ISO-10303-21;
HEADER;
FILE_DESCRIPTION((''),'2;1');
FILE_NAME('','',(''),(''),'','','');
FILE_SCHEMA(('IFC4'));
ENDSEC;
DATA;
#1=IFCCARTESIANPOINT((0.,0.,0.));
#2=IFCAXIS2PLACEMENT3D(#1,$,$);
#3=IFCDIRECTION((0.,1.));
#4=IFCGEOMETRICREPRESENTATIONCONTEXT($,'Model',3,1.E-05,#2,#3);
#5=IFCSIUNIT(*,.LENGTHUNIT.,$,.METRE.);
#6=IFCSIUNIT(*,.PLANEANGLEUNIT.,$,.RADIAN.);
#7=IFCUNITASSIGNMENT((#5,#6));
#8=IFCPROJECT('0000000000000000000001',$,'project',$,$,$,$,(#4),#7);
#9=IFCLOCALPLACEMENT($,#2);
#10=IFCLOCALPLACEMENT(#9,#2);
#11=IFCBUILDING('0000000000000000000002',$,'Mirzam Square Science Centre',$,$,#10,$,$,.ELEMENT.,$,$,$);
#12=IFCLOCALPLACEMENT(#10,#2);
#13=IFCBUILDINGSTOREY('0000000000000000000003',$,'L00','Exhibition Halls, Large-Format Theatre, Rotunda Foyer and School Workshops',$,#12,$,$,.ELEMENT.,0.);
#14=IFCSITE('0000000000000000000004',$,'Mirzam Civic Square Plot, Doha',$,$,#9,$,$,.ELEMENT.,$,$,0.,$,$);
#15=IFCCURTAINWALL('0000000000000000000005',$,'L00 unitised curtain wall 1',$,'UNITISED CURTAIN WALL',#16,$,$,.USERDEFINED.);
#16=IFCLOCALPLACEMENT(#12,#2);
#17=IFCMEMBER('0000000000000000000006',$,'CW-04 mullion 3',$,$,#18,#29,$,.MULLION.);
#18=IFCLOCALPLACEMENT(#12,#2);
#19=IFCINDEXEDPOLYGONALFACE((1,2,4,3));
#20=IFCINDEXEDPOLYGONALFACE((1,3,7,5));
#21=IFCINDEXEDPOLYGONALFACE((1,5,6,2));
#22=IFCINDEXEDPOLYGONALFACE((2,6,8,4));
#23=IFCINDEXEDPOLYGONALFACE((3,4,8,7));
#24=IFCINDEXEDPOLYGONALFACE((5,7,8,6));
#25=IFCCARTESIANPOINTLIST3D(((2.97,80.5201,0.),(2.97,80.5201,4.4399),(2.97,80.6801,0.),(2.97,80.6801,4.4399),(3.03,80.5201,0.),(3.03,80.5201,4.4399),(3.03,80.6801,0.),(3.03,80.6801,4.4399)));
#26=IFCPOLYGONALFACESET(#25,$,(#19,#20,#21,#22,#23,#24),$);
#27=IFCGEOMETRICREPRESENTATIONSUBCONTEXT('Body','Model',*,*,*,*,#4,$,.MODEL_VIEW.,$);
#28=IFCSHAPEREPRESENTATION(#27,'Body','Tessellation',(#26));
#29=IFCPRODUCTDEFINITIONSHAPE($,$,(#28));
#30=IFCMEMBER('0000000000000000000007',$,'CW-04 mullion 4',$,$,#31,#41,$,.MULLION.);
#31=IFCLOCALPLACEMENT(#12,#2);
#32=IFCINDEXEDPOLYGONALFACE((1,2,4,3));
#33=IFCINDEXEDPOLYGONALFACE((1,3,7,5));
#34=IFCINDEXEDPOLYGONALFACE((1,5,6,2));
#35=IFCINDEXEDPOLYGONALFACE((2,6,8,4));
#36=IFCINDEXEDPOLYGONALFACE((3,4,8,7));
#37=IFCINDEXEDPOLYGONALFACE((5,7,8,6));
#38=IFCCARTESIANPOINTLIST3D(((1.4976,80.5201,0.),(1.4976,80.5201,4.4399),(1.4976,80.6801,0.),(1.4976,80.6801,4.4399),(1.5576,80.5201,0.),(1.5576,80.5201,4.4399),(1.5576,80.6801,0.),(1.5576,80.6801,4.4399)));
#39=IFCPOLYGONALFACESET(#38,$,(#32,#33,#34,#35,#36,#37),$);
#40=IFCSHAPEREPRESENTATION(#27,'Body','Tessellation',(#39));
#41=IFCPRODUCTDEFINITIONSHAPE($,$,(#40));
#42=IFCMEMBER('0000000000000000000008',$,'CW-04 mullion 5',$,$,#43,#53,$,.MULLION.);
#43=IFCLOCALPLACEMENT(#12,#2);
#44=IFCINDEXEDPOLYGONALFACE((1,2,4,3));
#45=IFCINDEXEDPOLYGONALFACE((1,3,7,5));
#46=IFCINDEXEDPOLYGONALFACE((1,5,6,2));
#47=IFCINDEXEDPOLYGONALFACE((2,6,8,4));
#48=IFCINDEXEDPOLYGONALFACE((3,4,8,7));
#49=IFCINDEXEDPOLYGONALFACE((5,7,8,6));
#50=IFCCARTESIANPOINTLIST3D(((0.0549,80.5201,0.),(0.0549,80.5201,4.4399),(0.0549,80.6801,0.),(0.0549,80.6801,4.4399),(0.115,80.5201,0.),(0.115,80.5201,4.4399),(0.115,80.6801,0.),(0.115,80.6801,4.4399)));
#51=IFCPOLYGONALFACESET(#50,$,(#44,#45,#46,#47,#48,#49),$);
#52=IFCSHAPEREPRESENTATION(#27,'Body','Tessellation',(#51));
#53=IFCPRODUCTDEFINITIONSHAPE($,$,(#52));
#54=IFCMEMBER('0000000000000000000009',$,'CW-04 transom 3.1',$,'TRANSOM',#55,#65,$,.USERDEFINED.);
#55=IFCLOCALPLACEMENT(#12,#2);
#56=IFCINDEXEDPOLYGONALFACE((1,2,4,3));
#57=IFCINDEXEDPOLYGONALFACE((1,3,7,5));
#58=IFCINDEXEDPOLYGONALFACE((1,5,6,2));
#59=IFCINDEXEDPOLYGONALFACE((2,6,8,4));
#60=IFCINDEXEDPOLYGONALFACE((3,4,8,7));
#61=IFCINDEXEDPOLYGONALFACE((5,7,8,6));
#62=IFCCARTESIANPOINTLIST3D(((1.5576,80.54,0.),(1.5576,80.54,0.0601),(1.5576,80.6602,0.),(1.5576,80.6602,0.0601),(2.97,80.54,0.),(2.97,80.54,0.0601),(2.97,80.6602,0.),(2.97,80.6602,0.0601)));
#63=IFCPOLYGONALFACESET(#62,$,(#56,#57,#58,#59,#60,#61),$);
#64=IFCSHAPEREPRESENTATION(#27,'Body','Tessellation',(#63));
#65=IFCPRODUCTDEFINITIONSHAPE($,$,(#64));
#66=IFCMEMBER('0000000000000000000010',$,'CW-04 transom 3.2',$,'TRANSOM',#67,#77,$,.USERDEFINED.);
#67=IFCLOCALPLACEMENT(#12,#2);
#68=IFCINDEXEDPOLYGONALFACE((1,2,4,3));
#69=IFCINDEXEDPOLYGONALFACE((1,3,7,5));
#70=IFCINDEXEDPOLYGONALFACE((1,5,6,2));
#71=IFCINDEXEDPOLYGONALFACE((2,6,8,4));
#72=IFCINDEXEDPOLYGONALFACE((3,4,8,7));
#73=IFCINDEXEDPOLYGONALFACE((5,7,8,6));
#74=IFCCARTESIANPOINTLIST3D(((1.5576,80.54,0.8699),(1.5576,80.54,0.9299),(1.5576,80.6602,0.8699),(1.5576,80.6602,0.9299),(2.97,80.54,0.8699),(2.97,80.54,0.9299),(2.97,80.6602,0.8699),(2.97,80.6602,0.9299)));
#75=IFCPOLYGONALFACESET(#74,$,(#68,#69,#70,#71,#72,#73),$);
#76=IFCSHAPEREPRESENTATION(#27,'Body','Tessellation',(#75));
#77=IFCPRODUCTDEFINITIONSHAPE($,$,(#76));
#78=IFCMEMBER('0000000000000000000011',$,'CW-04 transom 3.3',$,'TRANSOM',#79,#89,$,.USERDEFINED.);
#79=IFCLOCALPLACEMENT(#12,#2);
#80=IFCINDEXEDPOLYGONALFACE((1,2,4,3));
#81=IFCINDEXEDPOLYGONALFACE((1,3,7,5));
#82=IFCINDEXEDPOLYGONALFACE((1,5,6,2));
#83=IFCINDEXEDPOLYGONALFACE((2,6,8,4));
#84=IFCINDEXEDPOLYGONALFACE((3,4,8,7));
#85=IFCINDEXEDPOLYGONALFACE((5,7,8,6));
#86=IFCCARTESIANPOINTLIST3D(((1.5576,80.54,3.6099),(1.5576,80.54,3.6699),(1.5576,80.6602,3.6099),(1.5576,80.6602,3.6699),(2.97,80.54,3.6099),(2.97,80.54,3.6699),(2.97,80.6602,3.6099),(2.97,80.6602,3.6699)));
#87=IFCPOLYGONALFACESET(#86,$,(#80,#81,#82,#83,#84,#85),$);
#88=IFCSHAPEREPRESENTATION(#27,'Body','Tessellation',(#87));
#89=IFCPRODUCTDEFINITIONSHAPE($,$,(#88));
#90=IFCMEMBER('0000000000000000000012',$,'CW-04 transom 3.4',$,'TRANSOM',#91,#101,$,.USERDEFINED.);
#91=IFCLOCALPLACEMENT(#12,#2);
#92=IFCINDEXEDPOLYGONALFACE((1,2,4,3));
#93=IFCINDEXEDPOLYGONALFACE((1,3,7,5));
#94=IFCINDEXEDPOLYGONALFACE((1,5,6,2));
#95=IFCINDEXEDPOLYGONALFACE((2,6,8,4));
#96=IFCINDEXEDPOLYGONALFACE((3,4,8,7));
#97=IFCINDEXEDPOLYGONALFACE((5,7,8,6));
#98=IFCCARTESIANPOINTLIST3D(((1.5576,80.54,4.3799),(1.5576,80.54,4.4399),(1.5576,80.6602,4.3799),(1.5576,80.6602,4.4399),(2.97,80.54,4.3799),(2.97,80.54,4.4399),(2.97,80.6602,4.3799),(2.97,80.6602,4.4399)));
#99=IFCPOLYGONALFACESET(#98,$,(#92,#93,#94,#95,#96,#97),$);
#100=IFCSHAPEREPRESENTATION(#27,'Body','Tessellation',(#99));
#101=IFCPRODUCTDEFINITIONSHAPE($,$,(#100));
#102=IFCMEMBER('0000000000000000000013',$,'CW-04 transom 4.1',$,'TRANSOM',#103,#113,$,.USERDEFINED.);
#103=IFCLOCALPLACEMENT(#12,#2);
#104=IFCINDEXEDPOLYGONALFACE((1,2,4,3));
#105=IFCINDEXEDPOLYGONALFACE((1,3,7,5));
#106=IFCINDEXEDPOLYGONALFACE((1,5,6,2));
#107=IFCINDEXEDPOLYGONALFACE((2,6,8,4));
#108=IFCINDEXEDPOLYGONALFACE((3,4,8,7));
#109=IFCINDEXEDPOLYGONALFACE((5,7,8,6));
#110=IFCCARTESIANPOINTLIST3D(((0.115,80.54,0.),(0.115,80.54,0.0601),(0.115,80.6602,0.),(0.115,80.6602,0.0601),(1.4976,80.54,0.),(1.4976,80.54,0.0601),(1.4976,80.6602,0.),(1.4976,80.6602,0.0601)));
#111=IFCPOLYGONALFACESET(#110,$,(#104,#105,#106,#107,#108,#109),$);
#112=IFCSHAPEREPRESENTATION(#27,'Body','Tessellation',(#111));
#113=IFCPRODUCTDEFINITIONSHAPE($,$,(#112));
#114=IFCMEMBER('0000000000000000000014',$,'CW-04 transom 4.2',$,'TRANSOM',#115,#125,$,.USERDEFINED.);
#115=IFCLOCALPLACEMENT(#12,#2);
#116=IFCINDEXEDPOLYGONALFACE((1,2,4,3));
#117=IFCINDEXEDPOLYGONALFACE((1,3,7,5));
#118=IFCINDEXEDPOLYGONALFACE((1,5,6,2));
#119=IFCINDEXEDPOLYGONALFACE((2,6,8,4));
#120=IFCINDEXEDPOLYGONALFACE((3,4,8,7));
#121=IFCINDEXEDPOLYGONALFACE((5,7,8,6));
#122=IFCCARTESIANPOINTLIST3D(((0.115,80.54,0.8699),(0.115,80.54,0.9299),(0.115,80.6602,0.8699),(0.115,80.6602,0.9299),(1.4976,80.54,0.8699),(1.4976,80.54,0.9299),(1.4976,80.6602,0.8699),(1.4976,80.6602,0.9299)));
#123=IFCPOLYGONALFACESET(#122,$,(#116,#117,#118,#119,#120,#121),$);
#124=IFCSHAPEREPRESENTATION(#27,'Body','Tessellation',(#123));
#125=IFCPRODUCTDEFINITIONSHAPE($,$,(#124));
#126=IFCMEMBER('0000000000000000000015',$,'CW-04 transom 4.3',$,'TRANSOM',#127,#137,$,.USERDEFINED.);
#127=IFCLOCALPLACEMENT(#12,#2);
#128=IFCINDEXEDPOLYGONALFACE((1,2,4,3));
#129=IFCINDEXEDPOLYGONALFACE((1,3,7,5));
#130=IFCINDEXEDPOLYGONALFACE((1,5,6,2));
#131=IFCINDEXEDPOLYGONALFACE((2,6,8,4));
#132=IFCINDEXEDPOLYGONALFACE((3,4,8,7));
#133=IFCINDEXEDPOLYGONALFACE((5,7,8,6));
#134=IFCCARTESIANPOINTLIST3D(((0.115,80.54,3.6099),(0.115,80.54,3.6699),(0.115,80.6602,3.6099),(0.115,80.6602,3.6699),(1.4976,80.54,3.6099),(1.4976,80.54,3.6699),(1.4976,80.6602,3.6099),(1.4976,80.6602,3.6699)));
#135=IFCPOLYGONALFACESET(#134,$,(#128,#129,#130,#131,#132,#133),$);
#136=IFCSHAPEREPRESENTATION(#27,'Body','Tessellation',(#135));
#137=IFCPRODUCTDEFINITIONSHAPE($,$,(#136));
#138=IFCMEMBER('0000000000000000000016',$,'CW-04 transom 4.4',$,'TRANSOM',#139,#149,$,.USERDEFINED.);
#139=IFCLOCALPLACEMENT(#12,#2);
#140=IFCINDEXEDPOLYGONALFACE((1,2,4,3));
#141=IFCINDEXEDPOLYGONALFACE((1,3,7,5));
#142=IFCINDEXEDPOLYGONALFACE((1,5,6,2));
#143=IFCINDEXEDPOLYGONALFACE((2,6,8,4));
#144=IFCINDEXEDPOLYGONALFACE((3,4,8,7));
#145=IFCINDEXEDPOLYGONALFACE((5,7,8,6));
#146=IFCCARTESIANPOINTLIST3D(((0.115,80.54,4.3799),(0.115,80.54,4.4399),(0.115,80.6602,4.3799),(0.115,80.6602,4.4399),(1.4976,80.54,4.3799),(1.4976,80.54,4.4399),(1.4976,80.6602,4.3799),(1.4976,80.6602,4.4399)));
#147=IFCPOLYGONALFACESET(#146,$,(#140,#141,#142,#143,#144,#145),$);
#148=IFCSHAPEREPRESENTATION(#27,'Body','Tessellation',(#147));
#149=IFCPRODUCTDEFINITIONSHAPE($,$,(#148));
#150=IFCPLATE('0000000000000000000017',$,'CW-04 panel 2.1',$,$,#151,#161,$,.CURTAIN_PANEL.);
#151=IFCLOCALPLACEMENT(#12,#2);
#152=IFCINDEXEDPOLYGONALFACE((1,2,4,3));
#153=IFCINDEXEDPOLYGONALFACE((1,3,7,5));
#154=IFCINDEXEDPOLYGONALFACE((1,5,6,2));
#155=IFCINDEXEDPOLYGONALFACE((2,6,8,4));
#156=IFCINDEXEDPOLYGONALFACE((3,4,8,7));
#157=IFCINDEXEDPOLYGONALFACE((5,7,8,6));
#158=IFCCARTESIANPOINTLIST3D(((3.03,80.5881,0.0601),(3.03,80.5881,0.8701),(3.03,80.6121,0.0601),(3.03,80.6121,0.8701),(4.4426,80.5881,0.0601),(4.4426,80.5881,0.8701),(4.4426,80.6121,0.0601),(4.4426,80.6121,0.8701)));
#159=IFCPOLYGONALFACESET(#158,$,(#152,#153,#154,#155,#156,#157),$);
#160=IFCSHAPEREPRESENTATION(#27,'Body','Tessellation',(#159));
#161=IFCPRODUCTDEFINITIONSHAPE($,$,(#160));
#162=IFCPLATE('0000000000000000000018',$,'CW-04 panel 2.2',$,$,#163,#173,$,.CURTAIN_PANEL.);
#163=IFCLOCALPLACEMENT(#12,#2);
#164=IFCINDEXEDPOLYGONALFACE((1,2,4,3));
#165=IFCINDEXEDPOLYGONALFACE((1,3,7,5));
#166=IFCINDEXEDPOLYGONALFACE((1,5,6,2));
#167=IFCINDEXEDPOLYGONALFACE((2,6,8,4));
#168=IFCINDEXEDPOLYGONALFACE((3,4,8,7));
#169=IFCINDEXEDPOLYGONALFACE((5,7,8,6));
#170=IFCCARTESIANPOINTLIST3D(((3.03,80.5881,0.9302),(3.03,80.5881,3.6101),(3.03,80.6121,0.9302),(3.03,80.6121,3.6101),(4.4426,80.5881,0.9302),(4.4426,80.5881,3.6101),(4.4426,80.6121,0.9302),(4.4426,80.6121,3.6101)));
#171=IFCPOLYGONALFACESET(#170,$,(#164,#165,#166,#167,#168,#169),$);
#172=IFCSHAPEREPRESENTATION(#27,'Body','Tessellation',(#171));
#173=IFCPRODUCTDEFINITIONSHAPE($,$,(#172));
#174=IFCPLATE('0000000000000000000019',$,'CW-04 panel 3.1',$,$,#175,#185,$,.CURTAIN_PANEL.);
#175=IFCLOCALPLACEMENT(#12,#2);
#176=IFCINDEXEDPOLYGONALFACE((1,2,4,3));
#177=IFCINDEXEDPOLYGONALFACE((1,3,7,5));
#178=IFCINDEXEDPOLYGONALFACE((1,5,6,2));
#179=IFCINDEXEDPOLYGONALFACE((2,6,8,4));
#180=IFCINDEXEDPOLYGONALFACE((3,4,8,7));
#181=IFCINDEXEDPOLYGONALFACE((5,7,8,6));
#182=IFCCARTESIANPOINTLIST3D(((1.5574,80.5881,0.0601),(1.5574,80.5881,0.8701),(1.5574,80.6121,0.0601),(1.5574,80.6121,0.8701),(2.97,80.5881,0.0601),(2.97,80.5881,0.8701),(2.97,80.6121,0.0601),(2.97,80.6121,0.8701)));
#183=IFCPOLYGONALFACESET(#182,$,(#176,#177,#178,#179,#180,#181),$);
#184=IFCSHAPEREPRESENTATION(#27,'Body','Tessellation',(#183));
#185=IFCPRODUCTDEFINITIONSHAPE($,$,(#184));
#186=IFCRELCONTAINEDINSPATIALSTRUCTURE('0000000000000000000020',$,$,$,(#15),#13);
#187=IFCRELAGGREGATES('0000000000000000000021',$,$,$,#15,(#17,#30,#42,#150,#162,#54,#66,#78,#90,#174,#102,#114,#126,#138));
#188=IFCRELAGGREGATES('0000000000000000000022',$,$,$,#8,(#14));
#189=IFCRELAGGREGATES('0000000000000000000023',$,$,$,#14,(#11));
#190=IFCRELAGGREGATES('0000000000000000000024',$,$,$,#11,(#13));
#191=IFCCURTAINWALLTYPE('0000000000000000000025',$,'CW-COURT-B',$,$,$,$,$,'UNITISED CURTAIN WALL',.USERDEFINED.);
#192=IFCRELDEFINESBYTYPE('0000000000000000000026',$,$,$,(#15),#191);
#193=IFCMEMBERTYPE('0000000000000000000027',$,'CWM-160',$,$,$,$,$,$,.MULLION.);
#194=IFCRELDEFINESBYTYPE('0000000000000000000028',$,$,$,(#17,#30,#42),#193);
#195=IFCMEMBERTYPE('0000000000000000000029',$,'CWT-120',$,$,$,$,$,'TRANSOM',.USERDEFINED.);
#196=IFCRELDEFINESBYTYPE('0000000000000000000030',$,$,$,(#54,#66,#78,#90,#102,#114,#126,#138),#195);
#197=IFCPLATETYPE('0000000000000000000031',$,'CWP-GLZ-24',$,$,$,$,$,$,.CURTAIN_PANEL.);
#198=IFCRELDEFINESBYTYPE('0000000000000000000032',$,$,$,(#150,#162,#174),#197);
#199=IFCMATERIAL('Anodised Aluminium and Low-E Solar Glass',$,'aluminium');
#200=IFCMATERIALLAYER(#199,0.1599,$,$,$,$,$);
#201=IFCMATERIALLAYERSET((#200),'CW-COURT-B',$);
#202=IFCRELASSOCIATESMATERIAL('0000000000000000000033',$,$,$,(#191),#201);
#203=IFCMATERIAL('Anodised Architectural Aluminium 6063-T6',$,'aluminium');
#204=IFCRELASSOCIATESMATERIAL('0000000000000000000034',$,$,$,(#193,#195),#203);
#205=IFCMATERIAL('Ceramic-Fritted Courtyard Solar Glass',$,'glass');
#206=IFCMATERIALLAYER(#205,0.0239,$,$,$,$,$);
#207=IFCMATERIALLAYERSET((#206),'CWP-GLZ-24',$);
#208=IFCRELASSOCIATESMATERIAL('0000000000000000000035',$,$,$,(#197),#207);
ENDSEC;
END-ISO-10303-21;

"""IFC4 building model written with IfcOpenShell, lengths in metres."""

from ifc_helpers import new_model, si_unit, direction, frame, origin, origin_2d, place, context, subcontext, project, spatial, rectangle, extrude, material, layer, layer_set, material_profile, profile_set, type_object, element, aggregate, save


model = new_model("IFC4")

# Units and contexts
model_context = context("Model", 3, precision=1e-05, world=origin(), true_north=direction((0.0, 1.0)))
body_context = subcontext(model_context, "Body", "Model", "MODEL_VIEW")
ifc_project = project(units=[si_unit("LENGTHUNIT", "METRE"), si_unit("PLANEANGLEUNIT", "RADIAN")], contexts=[model_context])

# Site, building, storey
site_placement = place(None, origin())
site = spatial("IfcSite", under=ifc_project, at=site_placement, Name="Mirzam Civic Square Plot, Doha", CompositionType="ELEMENT", RefElevation=0.0)
building_placement = place(site_placement, origin())
building = spatial("IfcBuilding", under=site, at=building_placement, Name="Mirzam Square Science Centre", CompositionType="ELEMENT")
storey_placement = place(building_placement, origin())
storey = spatial("IfcBuildingStorey", under=building, at=storey_placement, Name="L00", Description="Exhibition Halls, Large-Format Theatre, Rotunda Foyer and School Workshops", CompositionType="ELEMENT", Elevation=0.0)

# Curtain wall, members, plates
ifc_material_1 = material(Name="Anodised Aluminium and Low-E Solar Glass", Category="aluminium")
ifc_layer_1 = layer(ifc_material_1, 0.1599)
ifc_layer_set_1 = layer_set([ifc_layer_1], Name="CW-COURT-B")
curtain_wall_type = type_object("IfcCurtainWallType", Name="CW-COURT-B", ElementType="UNITISED CURTAIN WALL", PredefinedType="USERDEFINED", material=ifc_layer_set_1)
curtain_wall_placement = place(storey_placement, origin())
curtain_wall = element("IfcCurtainWall", 1, at=curtain_wall_placement, inside=storey, type_object=curtain_wall_type, Name="L00 unitised curtain wall 1", ObjectType="UNITISED CURTAIN WALL", PredefinedType="USERDEFINED")
ifc_material_2 = material(Name="Anodised Architectural Aluminium 6063-T6", Category="aluminium")
ifc_material_profile_1 = material_profile(ifc_material_2, rectangle(XDim=0.0601, YDim=0.1599, at=origin_2d()), Name="ALU-MULL-160x60x4")
ifc_profile_set_1 = profile_set([ifc_material_profile_1], Name="Anodised Architectural Aluminium 6063-T6")
member_type_1 = type_object("IfcMemberType", Name="CWM-160", PredefinedType="MULLION", material=ifc_profile_set_1)
member_1_placement = place(storey_placement, frame((3.0, 80.6001, 0.0), z_axis=(0.0, 0.0, 1.0), x_axis=(-1.0, 0.0, 0.0)))
member_1 = element("IfcMember", 2, at=member_1_placement, type_object=member_type_1, Name="CW-04 mullion 3", PredefinedType="MULLION", context=body_context, shape_type="SweptSolid", body=[
    extrude(rectangle(XDim=0.0601, YDim=0.1599, at=origin_2d()), origin(), (0.0, 0.0, 1.0), 4.4399),
])
member_2_placement = place(storey_placement, frame((1.5276, 80.6001, 0.0), z_axis=(0.0, 0.0, 1.0), x_axis=(-1.0, 0.0, 0.0)))
member_2 = element("IfcMember", 3, at=member_2_placement, type_object=member_type_1, Name="CW-04 mullion 4", PredefinedType="MULLION", context=body_context, shape_type="SweptSolid", body=[
    extrude(rectangle(XDim=0.0601, YDim=0.1599, at=origin_2d()), origin(), (0.0, 0.0, 1.0), 4.4399),
])
member_3_placement = place(storey_placement, frame((0.085, 80.6001, 0.0), z_axis=(0.0, 0.0, 1.0), x_axis=(-1.0, 0.0, 0.0)))
member_3 = element("IfcMember", 4, at=member_3_placement, type_object=member_type_1, Name="CW-04 mullion 5", PredefinedType="MULLION", context=body_context, shape_type="SweptSolid", body=[
    extrude(rectangle(XDim=0.0601, YDim=0.1599, at=origin_2d()), origin(), (0.0, 0.0, 1.0), 4.4399),
])
ifc_material_profile_2 = material_profile(ifc_material_2, rectangle(XDim=0.1201, YDim=0.0601, at=origin_2d()), Name="ALU-TRAN-120x60x4")
ifc_profile_set_2 = profile_set([ifc_material_profile_2], Name="Anodised Architectural Aluminium 6063-T6")
member_type_2 = type_object("IfcMemberType", Name="CWT-120", ElementType="TRANSOM", PredefinedType="USERDEFINED", material=ifc_profile_set_2)
member_4_placement = place(storey_placement, frame((2.97, 80.6001, 0.03), z_axis=(-1.0, 0.0, 0.0), x_axis=(0.0, -1.0, 0.0)))
member_4 = element("IfcMember", 5, at=member_4_placement, type_object=member_type_2, Name="CW-04 transom 3.1", ObjectType="TRANSOM", PredefinedType="USERDEFINED", context=body_context, shape_type="SweptSolid", body=[
    extrude(rectangle(XDim=0.1201, YDim=0.0601, at=origin_2d()), origin(), (0.0, 0.0, 1.0), 1.4124),
])
member_5_placement = place(storey_placement, frame((2.97, 80.6001, 0.8999), z_axis=(-1.0, 0.0, 0.0), x_axis=(0.0, -1.0, 0.0)))
member_5 = element("IfcMember", 6, at=member_5_placement, type_object=member_type_2, Name="CW-04 transom 3.2", ObjectType="TRANSOM", PredefinedType="USERDEFINED", context=body_context, shape_type="SweptSolid", body=[
    extrude(rectangle(XDim=0.1201, YDim=0.0601, at=origin_2d()), origin(), (0.0, 0.0, 1.0), 1.4124),
])
member_6_placement = place(storey_placement, frame((2.97, 80.6001, 3.6399), z_axis=(-1.0, 0.0, 0.0), x_axis=(0.0, -1.0, 0.0)))
member_6 = element("IfcMember", 7, at=member_6_placement, type_object=member_type_2, Name="CW-04 transom 3.3", ObjectType="TRANSOM", PredefinedType="USERDEFINED", context=body_context, shape_type="SweptSolid", body=[
    extrude(rectangle(XDim=0.1201, YDim=0.0601, at=origin_2d()), origin(), (0.0, 0.0, 1.0), 1.4124),
])
member_7_placement = place(storey_placement, frame((2.97, 80.6001, 4.4099), z_axis=(-1.0, 0.0, 0.0), x_axis=(0.0, -1.0, 0.0)))
member_7 = element("IfcMember", 8, at=member_7_placement, type_object=member_type_2, Name="CW-04 transom 3.4", ObjectType="TRANSOM", PredefinedType="USERDEFINED", context=body_context, shape_type="SweptSolid", body=[
    extrude(rectangle(XDim=0.1201, YDim=0.0601, at=origin_2d()), origin(), (0.0, 0.0, 1.0), 1.4124),
])
member_8_placement = place(storey_placement, frame((1.4976, 80.6001, 0.03), z_axis=(-1.0, 0.0, 0.0), x_axis=(0.0, -1.0, 0.0)))
member_8 = element("IfcMember", 9, at=member_8_placement, type_object=member_type_2, Name="CW-04 transom 4.1", ObjectType="TRANSOM", PredefinedType="USERDEFINED", context=body_context, shape_type="SweptSolid", body=[
    extrude(rectangle(XDim=0.1201, YDim=0.0601, at=origin_2d()), origin(), (0.0, 0.0, 1.0), 1.3826),
])
member_9_placement = place(storey_placement, frame((1.4976, 80.6001, 0.8999), z_axis=(-1.0, 0.0, 0.0), x_axis=(0.0, -1.0, 0.0)))
member_9 = element("IfcMember", 10, at=member_9_placement, type_object=member_type_2, Name="CW-04 transom 4.2", ObjectType="TRANSOM", PredefinedType="USERDEFINED", context=body_context, shape_type="SweptSolid", body=[
    extrude(rectangle(XDim=0.1201, YDim=0.0601, at=origin_2d()), origin(), (0.0, 0.0, 1.0), 1.3826),
])
member_10_placement = place(storey_placement, frame((1.4976, 80.6001, 3.6399), z_axis=(-1.0, 0.0, 0.0), x_axis=(0.0, -1.0, 0.0)))
member_10 = element("IfcMember", 11, at=member_10_placement, type_object=member_type_2, Name="CW-04 transom 4.3", ObjectType="TRANSOM", PredefinedType="USERDEFINED", context=body_context, shape_type="SweptSolid", body=[
    extrude(rectangle(XDim=0.1201, YDim=0.0601, at=origin_2d()), origin(), (0.0, 0.0, 1.0), 1.3826),
])
member_11_placement = place(storey_placement, frame((1.4976, 80.6001, 4.4099), z_axis=(-1.0, 0.0, 0.0), x_axis=(0.0, -1.0, 0.0)))
member_11 = element("IfcMember", 12, at=member_11_placement, type_object=member_type_2, Name="CW-04 transom 4.4", ObjectType="TRANSOM", PredefinedType="USERDEFINED", context=body_context, shape_type="SweptSolid", body=[
    extrude(rectangle(XDim=0.1201, YDim=0.0601, at=origin_2d()), origin(), (0.0, 0.0, 1.0), 1.3826),
])
ifc_material_3 = material(Name="Ceramic-Fritted Courtyard Solar Glass", Category="glass")
ifc_layer_2 = layer(ifc_material_3, 0.0239)
ifc_layer_set_2 = layer_set([ifc_layer_2], Name="CWP-GLZ-24")
plate_type = type_object("IfcPlateType", Name="CWP-GLZ-24", PredefinedType="CURTAIN_PANEL", material=ifc_layer_set_2)
plate_1_placement = place(storey_placement, frame((3.7363, 80.6001, 0.0601), z_axis=(0.0, 0.0, 1.0), x_axis=(-1.0, 0.0, 0.0)))
plate_1 = element("IfcPlate", 13, at=plate_1_placement, type_object=plate_type, Name="CW-04 panel 2.1", PredefinedType="CURTAIN_PANEL", context=body_context, shape_type="SweptSolid", body=[
    extrude(rectangle(XDim=1.4126, YDim=0.0239, at=origin_2d()), origin(), (0.0, 0.0, 1.0), 0.8101),
])
plate_2_placement = place(storey_placement, frame((3.7363, 80.6001, 0.9302), z_axis=(0.0, 0.0, 1.0), x_axis=(-1.0, 0.0, 0.0)))
plate_2 = element("IfcPlate", 14, at=plate_2_placement, type_object=plate_type, Name="CW-04 panel 2.2", PredefinedType="CURTAIN_PANEL", context=body_context, shape_type="SweptSolid", body=[
    extrude(rectangle(XDim=1.4126, YDim=0.0239, at=origin_2d()), origin(), (0.0, 0.0, 1.0), 2.6799),
])
plate_3_placement = place(storey_placement, frame((2.2637, 80.6001, 0.0601), z_axis=(0.0, 0.0, 1.0), x_axis=(-1.0, 0.0, 0.0)))
plate_3 = element("IfcPlate", 15, at=plate_3_placement, type_object=plate_type, Name="CW-04 panel 3.1", PredefinedType="CURTAIN_PANEL", context=body_context, shape_type="SweptSolid", body=[
    extrude(rectangle(XDim=1.4126, YDim=0.0239, at=origin_2d()), origin(), (0.0, 0.0, 1.0), 0.8101),
])
aggregate(curtain_wall, [member_1, member_2, member_3, plate_1, plate_2, member_4, member_5, member_6, member_7, plate_3, member_8, member_9, member_10, member_11])

save(model, "model.ifc")
